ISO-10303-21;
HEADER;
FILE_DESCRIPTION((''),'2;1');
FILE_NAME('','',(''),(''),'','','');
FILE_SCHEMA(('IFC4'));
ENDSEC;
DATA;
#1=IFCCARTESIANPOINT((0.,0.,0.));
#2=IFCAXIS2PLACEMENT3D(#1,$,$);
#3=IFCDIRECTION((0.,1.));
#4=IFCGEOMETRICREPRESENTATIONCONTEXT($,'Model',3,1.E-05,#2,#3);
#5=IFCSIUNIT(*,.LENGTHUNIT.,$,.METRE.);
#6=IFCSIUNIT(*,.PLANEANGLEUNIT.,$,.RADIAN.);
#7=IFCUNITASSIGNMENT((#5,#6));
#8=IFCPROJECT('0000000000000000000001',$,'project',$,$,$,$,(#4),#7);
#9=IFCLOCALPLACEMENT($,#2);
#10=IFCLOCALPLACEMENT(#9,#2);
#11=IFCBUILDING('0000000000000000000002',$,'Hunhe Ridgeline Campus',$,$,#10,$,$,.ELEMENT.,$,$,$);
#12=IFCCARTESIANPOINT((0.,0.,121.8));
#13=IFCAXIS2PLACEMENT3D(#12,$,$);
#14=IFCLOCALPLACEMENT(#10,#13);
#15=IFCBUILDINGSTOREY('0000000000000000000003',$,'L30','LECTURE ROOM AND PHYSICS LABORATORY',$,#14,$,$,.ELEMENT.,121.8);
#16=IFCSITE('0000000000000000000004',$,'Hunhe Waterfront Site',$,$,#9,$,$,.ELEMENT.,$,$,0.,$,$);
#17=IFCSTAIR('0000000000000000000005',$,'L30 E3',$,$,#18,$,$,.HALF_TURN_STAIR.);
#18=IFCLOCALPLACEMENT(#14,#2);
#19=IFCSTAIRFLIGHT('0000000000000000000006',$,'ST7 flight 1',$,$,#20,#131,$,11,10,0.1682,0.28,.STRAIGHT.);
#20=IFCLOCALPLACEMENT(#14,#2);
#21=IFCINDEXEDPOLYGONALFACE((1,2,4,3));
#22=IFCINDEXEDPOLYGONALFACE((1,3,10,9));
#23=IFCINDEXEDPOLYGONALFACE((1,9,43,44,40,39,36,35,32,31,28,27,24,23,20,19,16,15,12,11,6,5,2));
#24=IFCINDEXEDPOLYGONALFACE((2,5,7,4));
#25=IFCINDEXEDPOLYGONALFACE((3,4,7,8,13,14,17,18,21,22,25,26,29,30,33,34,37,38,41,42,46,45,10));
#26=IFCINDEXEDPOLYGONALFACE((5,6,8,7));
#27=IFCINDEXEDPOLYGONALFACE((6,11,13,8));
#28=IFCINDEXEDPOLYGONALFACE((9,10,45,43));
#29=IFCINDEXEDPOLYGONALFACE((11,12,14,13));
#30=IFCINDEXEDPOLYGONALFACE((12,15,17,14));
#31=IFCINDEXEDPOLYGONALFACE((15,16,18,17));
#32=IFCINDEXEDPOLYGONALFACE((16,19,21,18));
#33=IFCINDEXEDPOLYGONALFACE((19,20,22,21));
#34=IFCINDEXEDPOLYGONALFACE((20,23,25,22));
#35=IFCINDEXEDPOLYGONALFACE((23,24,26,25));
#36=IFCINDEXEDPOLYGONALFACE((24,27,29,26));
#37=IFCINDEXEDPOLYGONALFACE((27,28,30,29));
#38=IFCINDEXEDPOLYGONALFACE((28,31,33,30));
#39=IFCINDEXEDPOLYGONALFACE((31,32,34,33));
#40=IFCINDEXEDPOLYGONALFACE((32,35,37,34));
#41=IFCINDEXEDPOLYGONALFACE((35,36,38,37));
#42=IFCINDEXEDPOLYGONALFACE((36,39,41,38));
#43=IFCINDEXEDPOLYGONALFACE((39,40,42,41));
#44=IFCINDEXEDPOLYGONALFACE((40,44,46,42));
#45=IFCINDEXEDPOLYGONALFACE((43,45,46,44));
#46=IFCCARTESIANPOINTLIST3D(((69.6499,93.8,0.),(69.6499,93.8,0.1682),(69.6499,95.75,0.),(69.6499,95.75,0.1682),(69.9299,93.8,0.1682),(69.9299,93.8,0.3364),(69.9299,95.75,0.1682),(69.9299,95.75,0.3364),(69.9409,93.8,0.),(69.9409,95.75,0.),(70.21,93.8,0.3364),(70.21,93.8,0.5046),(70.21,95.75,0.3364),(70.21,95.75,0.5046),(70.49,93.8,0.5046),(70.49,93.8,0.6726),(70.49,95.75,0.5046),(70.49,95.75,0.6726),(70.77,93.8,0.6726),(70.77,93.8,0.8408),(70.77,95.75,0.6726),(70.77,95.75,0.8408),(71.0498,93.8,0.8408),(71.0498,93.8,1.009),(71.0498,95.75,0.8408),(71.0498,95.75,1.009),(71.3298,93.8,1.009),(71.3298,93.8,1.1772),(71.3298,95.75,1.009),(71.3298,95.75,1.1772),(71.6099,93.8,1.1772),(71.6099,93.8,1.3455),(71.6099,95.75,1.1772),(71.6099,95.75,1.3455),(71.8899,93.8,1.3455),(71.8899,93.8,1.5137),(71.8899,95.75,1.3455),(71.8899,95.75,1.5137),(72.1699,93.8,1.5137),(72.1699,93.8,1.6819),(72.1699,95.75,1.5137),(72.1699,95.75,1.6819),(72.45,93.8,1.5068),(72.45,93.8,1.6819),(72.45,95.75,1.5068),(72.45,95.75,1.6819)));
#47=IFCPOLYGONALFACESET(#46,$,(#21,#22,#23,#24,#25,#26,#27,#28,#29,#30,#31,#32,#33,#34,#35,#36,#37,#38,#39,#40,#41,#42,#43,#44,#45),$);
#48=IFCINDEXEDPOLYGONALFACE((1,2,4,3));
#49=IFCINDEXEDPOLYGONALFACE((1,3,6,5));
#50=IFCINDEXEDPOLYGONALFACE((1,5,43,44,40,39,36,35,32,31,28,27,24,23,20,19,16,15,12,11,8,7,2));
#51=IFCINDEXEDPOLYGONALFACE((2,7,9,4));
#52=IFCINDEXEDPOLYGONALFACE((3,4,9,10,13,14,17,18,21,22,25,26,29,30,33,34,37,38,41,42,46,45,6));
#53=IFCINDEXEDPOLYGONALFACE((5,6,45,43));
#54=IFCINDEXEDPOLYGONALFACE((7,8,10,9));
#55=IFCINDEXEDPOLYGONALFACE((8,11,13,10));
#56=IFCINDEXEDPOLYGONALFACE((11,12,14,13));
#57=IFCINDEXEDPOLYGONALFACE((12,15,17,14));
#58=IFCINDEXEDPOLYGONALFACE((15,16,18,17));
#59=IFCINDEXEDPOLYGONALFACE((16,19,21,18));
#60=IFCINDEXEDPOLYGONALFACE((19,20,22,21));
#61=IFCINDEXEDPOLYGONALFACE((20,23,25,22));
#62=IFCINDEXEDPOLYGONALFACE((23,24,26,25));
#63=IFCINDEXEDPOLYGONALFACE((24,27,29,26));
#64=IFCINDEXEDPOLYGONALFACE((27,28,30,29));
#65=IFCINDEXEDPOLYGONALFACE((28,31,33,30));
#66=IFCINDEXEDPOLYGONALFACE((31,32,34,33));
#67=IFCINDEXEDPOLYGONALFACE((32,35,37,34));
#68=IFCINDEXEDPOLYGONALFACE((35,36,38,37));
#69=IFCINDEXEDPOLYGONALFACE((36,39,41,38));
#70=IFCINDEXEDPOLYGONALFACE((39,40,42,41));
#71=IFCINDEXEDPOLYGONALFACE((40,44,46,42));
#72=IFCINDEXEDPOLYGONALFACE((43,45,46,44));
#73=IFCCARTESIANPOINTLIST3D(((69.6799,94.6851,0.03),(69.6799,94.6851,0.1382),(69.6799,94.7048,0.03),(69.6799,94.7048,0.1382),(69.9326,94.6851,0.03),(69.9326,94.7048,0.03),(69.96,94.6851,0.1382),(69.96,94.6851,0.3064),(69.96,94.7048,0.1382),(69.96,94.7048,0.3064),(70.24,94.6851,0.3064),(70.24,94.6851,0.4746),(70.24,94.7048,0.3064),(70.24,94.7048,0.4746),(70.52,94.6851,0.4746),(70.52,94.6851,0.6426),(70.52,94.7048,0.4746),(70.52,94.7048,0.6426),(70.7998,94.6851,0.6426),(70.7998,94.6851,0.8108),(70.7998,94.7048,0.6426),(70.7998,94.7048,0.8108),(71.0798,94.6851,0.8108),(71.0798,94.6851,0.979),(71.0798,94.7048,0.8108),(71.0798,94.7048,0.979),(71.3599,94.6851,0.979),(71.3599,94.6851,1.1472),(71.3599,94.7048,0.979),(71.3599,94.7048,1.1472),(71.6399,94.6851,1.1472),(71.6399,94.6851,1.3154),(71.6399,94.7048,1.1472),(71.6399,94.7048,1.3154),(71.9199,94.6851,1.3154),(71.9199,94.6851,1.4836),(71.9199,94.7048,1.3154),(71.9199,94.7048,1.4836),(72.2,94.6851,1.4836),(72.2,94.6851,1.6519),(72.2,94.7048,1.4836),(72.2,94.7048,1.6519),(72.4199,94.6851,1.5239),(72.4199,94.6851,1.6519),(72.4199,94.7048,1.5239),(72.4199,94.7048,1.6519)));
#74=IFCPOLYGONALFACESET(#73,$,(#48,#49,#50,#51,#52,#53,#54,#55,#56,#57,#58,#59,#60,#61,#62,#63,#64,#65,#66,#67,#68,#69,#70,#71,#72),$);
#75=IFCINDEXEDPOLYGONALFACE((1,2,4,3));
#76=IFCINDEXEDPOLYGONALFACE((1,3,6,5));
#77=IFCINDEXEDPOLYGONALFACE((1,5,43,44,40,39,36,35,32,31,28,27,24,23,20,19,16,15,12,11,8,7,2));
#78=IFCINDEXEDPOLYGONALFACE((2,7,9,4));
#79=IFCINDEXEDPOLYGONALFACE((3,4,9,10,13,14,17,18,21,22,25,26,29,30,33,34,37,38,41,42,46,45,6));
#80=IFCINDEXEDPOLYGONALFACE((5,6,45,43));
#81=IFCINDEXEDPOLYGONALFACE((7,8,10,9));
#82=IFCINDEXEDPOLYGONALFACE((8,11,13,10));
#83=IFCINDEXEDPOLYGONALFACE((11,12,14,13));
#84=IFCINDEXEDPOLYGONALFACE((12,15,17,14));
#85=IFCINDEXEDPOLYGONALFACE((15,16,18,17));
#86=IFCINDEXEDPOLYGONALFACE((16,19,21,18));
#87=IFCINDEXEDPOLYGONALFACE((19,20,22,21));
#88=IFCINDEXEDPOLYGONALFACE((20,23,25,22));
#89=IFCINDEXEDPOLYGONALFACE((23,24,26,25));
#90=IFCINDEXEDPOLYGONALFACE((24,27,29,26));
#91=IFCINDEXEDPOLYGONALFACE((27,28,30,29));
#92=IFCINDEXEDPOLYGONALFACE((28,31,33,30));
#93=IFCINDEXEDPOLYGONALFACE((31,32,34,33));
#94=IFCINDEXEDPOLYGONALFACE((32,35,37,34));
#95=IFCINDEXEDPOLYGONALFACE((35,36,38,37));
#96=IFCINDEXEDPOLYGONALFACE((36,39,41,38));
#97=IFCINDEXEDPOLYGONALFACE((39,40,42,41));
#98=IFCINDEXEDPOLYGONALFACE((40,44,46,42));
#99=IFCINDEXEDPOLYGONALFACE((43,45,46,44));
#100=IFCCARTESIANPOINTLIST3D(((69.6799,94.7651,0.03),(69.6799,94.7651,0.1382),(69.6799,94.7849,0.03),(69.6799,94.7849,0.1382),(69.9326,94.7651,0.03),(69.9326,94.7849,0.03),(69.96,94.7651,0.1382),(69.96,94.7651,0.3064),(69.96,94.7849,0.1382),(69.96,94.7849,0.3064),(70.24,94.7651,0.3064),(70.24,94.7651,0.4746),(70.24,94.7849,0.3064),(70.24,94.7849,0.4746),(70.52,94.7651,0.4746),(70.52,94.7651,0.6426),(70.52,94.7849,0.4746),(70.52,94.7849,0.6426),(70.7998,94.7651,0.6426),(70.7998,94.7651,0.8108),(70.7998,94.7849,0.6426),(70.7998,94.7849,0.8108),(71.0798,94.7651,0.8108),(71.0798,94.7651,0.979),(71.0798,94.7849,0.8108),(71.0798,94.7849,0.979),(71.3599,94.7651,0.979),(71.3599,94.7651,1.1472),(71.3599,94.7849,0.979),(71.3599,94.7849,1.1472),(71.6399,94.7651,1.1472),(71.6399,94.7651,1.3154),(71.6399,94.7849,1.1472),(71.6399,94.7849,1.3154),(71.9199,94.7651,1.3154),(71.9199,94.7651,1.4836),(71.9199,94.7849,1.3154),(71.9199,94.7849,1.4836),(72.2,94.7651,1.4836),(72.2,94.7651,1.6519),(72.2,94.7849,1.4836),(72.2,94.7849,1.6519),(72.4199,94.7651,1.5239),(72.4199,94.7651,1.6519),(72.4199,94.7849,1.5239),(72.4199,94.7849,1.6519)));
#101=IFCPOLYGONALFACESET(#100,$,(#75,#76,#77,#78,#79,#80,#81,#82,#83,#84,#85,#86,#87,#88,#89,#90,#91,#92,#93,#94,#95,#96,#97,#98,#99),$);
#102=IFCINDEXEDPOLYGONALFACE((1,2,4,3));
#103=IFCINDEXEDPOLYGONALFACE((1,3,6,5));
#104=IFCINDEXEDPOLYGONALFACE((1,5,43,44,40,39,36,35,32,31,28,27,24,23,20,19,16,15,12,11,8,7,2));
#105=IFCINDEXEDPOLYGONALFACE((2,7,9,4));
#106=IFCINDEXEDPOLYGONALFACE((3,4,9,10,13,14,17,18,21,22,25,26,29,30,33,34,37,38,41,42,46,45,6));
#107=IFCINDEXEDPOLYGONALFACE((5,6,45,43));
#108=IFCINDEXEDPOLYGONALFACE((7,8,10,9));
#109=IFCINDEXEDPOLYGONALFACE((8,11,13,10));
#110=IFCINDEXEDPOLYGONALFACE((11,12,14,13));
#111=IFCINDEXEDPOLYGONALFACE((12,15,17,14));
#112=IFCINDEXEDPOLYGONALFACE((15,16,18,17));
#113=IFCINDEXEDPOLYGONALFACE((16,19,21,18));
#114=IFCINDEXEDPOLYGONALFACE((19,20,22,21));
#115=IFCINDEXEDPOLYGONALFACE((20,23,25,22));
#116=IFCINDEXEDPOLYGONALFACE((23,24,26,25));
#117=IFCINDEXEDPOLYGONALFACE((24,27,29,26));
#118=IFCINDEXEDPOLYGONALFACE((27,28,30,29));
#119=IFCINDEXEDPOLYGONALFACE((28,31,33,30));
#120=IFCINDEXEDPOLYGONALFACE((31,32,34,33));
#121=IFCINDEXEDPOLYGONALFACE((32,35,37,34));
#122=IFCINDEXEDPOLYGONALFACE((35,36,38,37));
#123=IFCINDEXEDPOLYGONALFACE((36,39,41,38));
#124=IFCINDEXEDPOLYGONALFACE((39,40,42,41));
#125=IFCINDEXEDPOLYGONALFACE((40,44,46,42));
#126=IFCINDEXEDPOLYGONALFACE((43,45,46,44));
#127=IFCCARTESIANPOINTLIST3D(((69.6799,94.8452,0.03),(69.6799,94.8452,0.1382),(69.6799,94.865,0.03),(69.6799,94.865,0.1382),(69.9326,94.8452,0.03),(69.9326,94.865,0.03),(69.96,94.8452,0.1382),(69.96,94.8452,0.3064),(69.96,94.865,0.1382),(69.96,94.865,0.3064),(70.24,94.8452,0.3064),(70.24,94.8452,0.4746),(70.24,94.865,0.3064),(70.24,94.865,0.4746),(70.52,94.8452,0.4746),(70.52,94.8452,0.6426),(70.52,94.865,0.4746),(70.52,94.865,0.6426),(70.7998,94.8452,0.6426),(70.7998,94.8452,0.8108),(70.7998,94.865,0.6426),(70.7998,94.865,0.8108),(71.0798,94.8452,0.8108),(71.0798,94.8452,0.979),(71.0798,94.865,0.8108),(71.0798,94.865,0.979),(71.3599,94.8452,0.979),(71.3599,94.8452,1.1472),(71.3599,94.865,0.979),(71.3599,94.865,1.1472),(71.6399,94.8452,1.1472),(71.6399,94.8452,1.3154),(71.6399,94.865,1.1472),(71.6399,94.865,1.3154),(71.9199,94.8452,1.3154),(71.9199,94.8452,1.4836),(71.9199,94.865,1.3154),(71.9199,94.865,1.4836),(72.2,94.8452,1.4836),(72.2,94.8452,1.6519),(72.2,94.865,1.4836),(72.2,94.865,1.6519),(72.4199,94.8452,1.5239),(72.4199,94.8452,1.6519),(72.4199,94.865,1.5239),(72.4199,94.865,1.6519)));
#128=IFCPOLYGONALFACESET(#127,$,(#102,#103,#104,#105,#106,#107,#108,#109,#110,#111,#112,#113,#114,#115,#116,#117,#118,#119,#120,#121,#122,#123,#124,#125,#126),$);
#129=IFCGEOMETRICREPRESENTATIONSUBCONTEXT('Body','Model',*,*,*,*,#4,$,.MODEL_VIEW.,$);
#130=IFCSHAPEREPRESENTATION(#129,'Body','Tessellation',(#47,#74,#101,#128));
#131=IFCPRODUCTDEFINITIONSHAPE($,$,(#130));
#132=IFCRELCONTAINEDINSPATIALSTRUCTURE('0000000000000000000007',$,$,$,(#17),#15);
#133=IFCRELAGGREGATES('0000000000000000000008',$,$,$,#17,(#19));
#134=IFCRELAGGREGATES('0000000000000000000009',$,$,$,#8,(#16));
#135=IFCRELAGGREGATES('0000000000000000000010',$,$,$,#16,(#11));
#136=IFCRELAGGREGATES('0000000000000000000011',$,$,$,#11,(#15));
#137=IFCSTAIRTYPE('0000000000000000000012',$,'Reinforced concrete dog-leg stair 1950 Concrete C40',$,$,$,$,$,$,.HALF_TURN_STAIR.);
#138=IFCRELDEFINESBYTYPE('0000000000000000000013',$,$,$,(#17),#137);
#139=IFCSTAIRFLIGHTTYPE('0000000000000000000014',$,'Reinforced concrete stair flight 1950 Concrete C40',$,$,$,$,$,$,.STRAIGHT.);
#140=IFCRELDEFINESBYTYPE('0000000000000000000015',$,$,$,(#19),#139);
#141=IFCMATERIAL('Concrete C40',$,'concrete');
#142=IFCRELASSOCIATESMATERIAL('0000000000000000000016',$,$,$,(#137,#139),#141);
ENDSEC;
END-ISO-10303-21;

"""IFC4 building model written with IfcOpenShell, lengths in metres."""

from ifc_helpers import new_model, si_unit, direction, frame, origin, place, context, subcontext, project, spatial, polyline, outline, extrude, material, type_object, element, aggregate, save


model = new_model("IFC4")

# Units and contexts
model_context = context("Model", 3, precision=1e-05, world=origin(), true_north=direction((0.0, 1.0)))
body_context = subcontext(model_context, "Body", "Model", "MODEL_VIEW")
ifc_project = project(units=[si_unit("LENGTHUNIT", "METRE"), si_unit("PLANEANGLEUNIT", "RADIAN")], contexts=[model_context])

# Site, building, storey
site_placement = place(None, origin())
site = spatial("IfcSite", under=ifc_project, at=site_placement, Name="Hunhe Waterfront Site", CompositionType="ELEMENT", RefElevation=0.0)
building_placement = place(site_placement, origin())
building = spatial("IfcBuilding", under=site, at=building_placement, Name="Hunhe Ridgeline Campus", CompositionType="ELEMENT")
storey_placement = place(building_placement, frame((0.0, 0.0, 121.8)))
storey = spatial("IfcBuildingStorey", under=building, at=storey_placement, Name="L30", Description="LECTURE ROOM AND PHYSICS LABORATORY", CompositionType="ELEMENT", Elevation=121.8)

# Shared definitions
ifc_material_1 = material(Name="Concrete C40", Category="concrete")
stair_type = type_object("IfcStairType", Name="Reinforced concrete dog-leg stair 1950 Concrete C40", PredefinedType="HALF_TURN_STAIR", material=ifc_material_1)
stair_flight_type = type_object("IfcStairFlightType", Name="Reinforced concrete stair flight 1950 Concrete C40", PredefinedType="STRAIGHT", material=ifc_material_1)

# Stair, stair flight
stair_1_placement = place(storey_placement, origin())
stair_1 = element("IfcStair", 1, at=stair_1_placement, inside=storey, type_object=stair_type, Name="L30 E3", PredefinedType="HALF_TURN_STAIR")
stair_flight_1_placement = place(storey_placement, frame((69.6499, 94.7749, 0.0), z_axis=(0.0, 0.0, 1.0), x_axis=(1.0, 0.0, 0.0)))
stair_flight_1 = element("IfcStairFlight", 2, at=stair_flight_1_placement, type_object=stair_flight_type, Name="ST7 flight 1", NumberOfRisers=11, NumberOfTreads=10, PredefinedType="STRAIGHT", RiserHeight=0.1682, TreadLength=0.28, context=body_context, shape_type="SweptSolid", body=[
    extrude(outline(polyline([(0.0, 0.0), (0.0, 0.1682), (0.28, 0.1682), (0.28, 0.3364), (0.5601, 0.3364), (0.5601, 0.5046), (0.8401, 0.5046), (0.8401, 0.6726), (1.1201, 0.6726), (1.1201, 0.8408), (1.3999, 0.8408), (1.3999, 1.009), (1.6799, 1.009), (1.6799, 1.1772), (1.96, 1.1772), (1.96, 1.3455), (2.24, 1.3455), (2.24, 1.5137), (2.52, 1.5137), (2.52, 1.6819), (2.8, 1.6819), (2.8, 1.8501), (2.8, 1.5068), (0.291, 0.0), (0.0, 0.0)])), frame((0.0, 0.9751, 0.0), z_axis=(0.0, -1.0, 0.0), x_axis=(1.0, 0.0, 0.0)), (0.0, 0.0, 1.0), 1.95),
    extrude(outline(polyline([(0.03, 0.03), (0.03, 0.1382), (0.3101, 0.1382), (0.3101, 0.3064), (0.5901, 0.3064), (0.5901, 0.4746), (0.8701, 0.4746), (0.8701, 0.6426), (1.1499, 0.6426), (1.1499, 0.8108), (1.4299, 0.8108), (1.4299, 0.979), (1.71, 0.979), (1.71, 1.1472), (1.99, 1.1472), (1.99, 1.3154), (2.27, 1.3154), (2.27, 1.4836), (2.55, 1.4836), (2.55, 1.6519), (2.77, 1.6519), (2.77, 1.5239), (0.2827, 0.03), (0.03, 0.03)])), frame((0.0, -0.0701, 0.0), z_axis=(0.0, -1.0, 0.0), x_axis=(1.0, 0.0, 0.0)), (0.0, 0.0, 1.0), 0.0198),
    extrude(outline(polyline([(0.03, 0.03), (0.03, 0.1382), (0.3101, 0.1382), (0.3101, 0.3064), (0.5901, 0.3064), (0.5901, 0.4746), (0.8701, 0.4746), (0.8701, 0.6426), (1.1499, 0.6426), (1.1499, 0.8108), (1.4299, 0.8108), (1.4299, 0.979), (1.71, 0.979), (1.71, 1.1472), (1.99, 1.1472), (1.99, 1.3154), (2.27, 1.3154), (2.27, 1.4836), (2.55, 1.4836), (2.55, 1.6519), (2.77, 1.6519), (2.77, 1.5239), (0.2827, 0.03), (0.03, 0.03)])), frame((0.0, 0.01, 0.0), z_axis=(0.0, -1.0, 0.0), x_axis=(1.0, 0.0, 0.0)), (0.0, 0.0, 1.0), 0.0198),
    extrude(outline(polyline([(0.03, 0.03), (0.03, 0.1382), (0.3101, 0.1382), (0.3101, 0.3064), (0.5901, 0.3064), (0.5901, 0.4746), (0.8701, 0.4746), (0.8701, 0.6426), (1.1499, 0.6426), (1.1499, 0.8108), (1.4299, 0.8108), (1.4299, 0.979), (1.71, 0.979), (1.71, 1.1472), (1.99, 1.1472), (1.99, 1.3154), (2.27, 1.3154), (2.27, 1.4836), (2.55, 1.4836), (2.55, 1.6519), (2.77, 1.6519), (2.77, 1.5239), (0.2827, 0.03), (0.03, 0.03)])), frame((0.0, 0.0901, 0.0), z_axis=(0.0, -1.0, 0.0), x_axis=(1.0, 0.0, 0.0)), (0.0, 0.0, 1.0), 0.0198),
])
aggregate(stair_1, [stair_flight_1])

save(model, "model.ifc")
